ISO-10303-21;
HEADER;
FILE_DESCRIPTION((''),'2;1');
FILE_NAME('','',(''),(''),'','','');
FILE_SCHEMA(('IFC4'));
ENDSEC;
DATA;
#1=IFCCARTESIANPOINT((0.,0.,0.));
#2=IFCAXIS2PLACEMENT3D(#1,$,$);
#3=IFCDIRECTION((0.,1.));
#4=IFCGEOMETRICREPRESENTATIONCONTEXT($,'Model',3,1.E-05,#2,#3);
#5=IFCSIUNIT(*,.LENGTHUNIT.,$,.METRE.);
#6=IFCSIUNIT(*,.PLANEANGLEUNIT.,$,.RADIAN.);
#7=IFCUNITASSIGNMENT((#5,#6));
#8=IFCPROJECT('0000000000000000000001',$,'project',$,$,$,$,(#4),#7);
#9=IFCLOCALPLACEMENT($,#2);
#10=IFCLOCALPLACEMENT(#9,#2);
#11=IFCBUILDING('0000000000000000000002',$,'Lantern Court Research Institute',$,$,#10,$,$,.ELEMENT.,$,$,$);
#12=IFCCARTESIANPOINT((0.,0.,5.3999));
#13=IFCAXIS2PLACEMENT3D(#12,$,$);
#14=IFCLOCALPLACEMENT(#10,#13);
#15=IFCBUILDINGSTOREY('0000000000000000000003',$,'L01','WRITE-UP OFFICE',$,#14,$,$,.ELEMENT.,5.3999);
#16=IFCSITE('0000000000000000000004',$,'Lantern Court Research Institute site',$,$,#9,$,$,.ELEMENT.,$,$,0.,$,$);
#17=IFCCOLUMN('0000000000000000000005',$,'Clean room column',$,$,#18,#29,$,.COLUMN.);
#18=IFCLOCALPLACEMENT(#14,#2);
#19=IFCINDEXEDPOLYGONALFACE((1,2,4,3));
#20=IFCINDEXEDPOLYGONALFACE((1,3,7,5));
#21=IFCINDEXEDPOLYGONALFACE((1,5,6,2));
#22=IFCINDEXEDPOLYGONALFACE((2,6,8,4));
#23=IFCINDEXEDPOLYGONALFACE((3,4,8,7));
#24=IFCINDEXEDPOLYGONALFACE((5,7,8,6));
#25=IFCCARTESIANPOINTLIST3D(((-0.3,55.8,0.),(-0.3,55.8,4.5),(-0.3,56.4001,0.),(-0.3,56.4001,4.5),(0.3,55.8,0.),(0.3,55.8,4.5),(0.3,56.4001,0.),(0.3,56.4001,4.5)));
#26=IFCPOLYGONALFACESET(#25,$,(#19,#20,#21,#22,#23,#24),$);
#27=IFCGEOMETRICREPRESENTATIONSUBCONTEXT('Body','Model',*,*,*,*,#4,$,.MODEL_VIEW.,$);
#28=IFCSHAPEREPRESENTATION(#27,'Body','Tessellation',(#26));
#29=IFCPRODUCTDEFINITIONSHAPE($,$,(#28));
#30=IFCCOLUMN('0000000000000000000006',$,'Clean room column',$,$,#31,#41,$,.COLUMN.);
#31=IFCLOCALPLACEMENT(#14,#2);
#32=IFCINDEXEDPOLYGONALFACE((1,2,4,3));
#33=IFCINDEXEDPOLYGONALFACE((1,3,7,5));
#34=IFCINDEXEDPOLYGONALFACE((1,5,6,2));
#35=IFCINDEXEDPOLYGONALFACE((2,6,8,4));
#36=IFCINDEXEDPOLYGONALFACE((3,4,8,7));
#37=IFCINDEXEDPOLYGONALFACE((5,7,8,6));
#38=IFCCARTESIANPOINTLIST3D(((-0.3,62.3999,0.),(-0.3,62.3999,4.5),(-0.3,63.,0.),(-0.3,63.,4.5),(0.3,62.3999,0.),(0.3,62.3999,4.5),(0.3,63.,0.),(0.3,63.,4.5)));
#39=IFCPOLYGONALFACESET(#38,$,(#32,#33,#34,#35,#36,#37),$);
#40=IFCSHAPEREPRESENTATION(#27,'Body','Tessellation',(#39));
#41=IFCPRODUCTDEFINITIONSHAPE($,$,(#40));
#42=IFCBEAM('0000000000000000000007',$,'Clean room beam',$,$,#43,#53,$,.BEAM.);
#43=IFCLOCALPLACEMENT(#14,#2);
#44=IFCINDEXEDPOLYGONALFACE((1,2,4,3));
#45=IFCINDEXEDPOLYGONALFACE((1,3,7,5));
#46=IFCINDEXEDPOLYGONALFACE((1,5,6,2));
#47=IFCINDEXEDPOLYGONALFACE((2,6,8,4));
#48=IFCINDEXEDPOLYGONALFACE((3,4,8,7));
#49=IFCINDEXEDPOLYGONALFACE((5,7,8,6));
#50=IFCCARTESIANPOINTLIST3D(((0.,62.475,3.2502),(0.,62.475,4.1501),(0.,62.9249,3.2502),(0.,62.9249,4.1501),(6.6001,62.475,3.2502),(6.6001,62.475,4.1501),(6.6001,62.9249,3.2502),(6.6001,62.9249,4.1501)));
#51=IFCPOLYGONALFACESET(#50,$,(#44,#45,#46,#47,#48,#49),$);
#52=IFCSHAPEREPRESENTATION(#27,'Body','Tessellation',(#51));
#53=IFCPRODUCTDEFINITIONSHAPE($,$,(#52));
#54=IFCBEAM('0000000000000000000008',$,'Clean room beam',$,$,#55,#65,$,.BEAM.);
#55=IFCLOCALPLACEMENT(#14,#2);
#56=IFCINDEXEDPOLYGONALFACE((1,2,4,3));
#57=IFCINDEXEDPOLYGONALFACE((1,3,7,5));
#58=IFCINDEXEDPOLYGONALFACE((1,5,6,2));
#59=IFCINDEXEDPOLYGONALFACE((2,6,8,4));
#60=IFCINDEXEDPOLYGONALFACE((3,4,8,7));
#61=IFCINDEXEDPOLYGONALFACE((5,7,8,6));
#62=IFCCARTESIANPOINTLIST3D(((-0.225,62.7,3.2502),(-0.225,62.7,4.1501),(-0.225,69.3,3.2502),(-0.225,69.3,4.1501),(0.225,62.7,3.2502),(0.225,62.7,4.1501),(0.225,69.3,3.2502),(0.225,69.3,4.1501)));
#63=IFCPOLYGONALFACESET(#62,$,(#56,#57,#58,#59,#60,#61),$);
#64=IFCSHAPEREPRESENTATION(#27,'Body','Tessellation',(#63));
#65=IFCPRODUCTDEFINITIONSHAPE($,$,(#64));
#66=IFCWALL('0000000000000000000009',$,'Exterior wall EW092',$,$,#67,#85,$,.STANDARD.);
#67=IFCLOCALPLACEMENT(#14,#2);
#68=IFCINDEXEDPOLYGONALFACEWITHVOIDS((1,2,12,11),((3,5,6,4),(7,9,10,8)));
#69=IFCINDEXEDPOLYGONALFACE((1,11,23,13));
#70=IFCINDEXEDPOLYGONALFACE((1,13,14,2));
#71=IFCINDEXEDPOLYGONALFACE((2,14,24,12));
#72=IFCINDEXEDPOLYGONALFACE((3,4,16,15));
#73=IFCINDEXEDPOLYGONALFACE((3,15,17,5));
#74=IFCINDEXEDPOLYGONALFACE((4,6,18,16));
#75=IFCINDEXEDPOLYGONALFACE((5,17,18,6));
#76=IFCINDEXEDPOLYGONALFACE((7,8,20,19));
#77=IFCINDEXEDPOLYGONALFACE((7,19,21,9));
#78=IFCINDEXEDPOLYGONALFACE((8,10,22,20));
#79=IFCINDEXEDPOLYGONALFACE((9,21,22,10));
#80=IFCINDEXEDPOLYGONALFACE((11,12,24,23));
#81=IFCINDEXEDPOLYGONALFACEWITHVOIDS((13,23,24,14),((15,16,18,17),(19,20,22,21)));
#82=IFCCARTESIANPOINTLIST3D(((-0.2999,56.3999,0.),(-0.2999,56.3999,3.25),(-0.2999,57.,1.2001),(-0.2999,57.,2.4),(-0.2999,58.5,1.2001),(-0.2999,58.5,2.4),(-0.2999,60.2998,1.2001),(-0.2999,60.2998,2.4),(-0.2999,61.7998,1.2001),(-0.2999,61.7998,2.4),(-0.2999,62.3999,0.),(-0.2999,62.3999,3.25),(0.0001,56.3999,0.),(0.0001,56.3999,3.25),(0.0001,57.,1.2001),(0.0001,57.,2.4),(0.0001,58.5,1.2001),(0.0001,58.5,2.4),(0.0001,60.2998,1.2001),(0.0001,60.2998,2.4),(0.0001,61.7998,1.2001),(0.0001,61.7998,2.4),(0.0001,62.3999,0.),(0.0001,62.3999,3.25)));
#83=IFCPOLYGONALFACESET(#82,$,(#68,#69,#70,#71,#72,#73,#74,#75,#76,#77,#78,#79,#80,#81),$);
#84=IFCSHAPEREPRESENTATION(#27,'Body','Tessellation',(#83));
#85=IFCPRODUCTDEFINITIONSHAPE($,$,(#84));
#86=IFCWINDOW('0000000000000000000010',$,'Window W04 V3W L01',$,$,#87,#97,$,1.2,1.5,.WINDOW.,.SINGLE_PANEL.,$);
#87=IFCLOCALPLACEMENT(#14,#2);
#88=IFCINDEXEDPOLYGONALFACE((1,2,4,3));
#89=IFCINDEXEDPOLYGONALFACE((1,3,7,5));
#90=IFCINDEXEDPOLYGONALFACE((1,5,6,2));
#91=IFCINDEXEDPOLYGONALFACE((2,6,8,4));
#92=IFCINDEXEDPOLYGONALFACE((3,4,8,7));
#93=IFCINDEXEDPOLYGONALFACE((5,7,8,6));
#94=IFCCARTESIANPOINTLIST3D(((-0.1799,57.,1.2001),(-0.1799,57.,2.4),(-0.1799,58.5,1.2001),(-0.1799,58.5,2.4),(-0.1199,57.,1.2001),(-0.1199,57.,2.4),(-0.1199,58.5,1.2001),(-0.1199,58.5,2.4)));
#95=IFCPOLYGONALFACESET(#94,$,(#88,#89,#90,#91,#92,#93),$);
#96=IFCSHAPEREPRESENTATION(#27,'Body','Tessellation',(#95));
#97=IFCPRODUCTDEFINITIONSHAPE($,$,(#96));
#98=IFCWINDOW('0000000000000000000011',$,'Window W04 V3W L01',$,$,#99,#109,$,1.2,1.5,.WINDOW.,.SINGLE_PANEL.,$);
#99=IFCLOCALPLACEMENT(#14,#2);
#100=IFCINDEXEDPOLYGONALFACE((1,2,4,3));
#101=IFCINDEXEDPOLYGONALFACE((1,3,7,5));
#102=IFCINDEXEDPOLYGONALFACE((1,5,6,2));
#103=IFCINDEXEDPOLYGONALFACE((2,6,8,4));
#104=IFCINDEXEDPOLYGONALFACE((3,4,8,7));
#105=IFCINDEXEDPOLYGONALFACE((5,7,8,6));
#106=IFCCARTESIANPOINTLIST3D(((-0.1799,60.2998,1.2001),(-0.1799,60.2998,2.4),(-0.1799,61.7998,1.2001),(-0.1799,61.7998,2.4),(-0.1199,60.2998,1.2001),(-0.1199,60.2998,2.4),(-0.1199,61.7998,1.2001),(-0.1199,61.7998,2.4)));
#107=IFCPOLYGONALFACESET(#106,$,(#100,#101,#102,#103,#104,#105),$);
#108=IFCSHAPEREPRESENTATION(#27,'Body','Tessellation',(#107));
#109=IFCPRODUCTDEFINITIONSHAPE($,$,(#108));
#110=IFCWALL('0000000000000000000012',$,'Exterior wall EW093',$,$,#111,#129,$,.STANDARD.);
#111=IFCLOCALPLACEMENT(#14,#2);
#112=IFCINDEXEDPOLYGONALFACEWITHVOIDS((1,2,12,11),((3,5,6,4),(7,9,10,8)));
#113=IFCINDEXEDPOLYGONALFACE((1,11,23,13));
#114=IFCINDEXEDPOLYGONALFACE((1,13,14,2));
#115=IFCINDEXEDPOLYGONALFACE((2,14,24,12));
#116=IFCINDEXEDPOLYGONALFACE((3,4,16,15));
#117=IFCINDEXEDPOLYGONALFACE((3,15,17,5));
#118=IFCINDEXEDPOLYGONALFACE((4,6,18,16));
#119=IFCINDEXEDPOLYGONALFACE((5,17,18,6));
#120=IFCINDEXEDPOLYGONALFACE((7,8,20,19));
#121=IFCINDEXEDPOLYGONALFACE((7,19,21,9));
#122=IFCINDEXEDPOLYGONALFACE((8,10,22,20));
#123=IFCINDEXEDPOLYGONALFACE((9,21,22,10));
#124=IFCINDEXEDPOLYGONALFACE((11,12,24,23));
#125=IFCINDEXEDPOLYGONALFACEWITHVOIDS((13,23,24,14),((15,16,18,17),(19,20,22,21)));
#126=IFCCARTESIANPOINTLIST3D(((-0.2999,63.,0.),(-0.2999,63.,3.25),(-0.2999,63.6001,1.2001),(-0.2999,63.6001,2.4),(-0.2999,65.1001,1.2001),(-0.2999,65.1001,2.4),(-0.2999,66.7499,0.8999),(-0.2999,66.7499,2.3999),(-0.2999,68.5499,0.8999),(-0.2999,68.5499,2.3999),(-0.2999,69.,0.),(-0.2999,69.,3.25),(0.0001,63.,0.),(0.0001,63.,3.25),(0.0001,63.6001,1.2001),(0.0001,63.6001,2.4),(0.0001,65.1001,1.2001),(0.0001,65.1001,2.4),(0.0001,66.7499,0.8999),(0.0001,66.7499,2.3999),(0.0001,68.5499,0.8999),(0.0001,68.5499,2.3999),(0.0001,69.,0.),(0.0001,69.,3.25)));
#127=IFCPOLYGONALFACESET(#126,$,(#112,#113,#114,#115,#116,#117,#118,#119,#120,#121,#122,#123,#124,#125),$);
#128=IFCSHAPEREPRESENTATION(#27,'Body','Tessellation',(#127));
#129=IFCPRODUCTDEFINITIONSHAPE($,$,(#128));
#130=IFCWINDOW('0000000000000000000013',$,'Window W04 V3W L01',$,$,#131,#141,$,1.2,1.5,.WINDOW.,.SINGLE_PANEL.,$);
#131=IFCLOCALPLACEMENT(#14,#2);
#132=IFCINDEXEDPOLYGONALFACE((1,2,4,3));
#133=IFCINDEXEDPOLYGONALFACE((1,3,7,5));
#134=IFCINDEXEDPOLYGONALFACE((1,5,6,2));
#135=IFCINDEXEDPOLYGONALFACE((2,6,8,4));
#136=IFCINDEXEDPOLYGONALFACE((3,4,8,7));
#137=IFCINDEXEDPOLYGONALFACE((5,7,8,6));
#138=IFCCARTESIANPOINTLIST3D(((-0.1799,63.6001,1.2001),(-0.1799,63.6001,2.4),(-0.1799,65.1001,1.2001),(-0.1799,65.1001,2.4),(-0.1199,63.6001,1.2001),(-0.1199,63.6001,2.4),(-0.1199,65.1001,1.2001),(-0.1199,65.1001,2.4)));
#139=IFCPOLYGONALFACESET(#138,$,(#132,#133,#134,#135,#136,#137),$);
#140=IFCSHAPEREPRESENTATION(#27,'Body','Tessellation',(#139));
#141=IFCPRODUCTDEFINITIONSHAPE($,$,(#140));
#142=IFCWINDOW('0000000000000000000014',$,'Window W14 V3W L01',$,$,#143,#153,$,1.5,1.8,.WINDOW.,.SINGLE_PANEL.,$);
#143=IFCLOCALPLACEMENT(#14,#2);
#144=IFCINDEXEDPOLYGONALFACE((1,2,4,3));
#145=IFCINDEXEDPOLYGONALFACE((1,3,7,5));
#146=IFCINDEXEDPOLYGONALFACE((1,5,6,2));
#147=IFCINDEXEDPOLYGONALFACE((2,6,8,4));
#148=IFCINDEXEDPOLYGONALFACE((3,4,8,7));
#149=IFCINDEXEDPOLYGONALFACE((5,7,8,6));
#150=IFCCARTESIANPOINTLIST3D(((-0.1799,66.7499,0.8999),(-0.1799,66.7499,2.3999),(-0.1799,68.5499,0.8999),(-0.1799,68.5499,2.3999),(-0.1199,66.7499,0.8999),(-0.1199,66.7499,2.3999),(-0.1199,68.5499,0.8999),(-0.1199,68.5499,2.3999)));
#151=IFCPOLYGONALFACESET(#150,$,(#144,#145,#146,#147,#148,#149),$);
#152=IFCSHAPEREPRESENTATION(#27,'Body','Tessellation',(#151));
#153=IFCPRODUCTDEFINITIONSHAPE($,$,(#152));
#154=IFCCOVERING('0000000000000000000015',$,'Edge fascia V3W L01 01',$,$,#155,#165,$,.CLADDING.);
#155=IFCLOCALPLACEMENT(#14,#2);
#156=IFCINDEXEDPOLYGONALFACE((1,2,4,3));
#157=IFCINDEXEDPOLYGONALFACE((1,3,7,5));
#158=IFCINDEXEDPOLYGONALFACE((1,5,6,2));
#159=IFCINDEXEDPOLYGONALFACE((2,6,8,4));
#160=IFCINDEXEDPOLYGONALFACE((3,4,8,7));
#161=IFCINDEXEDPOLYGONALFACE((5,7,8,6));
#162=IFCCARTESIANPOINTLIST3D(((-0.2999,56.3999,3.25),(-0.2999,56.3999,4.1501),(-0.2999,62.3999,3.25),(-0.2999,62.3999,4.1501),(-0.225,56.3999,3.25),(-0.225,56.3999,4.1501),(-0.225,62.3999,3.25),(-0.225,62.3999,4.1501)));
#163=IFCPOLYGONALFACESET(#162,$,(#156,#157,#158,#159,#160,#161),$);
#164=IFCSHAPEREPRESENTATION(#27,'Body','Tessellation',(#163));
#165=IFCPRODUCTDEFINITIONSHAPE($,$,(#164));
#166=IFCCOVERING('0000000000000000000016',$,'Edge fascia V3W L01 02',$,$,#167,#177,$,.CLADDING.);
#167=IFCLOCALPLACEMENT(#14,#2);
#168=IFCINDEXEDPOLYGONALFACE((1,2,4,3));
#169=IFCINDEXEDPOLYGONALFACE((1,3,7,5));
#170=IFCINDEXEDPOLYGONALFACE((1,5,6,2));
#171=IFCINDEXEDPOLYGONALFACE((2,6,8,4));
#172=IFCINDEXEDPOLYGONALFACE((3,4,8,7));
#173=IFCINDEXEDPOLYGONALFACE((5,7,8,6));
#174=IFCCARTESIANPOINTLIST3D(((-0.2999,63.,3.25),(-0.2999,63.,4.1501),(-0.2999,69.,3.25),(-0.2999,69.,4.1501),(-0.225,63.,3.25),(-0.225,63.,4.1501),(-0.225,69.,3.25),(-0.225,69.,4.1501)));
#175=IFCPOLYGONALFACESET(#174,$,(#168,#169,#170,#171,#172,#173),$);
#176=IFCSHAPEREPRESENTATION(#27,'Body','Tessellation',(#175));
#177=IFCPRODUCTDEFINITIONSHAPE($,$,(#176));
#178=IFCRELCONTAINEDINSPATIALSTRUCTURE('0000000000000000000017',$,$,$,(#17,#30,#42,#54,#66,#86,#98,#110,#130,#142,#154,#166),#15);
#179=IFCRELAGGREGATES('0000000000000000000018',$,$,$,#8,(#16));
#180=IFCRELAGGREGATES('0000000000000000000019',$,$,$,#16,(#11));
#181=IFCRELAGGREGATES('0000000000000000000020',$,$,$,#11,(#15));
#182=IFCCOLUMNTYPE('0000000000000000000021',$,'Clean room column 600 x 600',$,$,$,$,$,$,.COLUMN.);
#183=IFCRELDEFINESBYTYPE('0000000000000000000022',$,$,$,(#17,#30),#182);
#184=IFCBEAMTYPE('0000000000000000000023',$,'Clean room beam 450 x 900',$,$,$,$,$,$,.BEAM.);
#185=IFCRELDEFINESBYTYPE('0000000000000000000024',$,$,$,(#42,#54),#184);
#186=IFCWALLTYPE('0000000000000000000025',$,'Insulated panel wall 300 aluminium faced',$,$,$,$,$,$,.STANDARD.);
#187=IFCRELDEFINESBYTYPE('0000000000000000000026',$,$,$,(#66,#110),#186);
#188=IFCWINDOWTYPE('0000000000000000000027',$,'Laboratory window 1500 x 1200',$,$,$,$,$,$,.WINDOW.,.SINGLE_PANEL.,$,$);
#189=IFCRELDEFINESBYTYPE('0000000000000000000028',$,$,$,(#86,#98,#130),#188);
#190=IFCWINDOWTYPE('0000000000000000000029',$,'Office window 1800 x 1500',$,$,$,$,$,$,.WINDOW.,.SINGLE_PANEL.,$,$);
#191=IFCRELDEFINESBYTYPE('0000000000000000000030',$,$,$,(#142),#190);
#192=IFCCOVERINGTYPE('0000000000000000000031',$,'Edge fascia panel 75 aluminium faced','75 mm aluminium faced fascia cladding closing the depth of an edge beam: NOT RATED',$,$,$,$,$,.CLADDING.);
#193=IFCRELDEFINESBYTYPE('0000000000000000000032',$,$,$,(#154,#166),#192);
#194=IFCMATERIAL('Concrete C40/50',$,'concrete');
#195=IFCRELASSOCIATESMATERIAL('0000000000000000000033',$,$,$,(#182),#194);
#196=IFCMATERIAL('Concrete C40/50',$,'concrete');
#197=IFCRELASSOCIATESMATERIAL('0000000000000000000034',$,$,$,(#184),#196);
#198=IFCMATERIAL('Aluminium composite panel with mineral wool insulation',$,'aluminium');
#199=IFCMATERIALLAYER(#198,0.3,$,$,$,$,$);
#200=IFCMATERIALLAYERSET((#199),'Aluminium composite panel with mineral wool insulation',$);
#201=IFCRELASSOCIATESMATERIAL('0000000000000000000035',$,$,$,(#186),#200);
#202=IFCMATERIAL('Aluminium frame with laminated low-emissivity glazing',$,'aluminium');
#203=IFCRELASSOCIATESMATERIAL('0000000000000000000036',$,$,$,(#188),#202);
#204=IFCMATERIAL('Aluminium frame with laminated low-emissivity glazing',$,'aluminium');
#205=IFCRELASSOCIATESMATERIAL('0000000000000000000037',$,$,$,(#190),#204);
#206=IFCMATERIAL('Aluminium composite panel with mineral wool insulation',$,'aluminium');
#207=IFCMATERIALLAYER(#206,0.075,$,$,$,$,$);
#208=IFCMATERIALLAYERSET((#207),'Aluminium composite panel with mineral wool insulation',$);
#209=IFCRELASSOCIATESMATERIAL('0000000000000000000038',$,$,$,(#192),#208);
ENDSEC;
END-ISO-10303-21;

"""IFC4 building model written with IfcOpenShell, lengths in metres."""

from ifc_helpers import new_model, si_unit, direction, frame, frame_2d, origin, origin_2d, place, context, subcontext, project, spatial, rectangle, extrude, material, layer, layer_set, material_profile, profile_set, type_object, element, fill, save


model = new_model("IFC4")

# Units and contexts
model_context = context("Model", 3, precision=1e-05, world=origin(), true_north=direction((0.0, 1.0)))
body_context = subcontext(model_context, "Body", "Model", "MODEL_VIEW")
ifc_project = project(units=[si_unit("LENGTHUNIT", "METRE"), si_unit("PLANEANGLEUNIT", "RADIAN")], contexts=[model_context])

# Site, building, storey
site_placement = place(None, origin())
site = spatial("IfcSite", under=ifc_project, at=site_placement, Name="Lantern Court Research Institute site", CompositionType="ELEMENT", RefElevation=0.0)
building_placement = place(site_placement, origin())
building = spatial("IfcBuilding", under=site, at=building_placement, Name="Lantern Court Research Institute", CompositionType="ELEMENT")
storey_placement = place(building_placement, frame((0.0, 0.0, 5.3999)))
storey = spatial("IfcBuildingStorey", under=building, at=storey_placement, Name="L01", Description="WRITE-UP OFFICE", CompositionType="ELEMENT", Elevation=5.3999)

# Columns
ifc_material_1 = material(Name="Concrete C40/50", Category="concrete")
ifc_material_profile_1 = material_profile(ifc_material_1, rectangle(XDim=0.6001, YDim=0.6001, at=origin_2d()), Name="Clean room column 600 x 600")
ifc_profile_set_1 = profile_set([ifc_material_profile_1], Name="Concrete C40/50")
column_type = type_object("IfcColumnType", Name="Clean room column 600 x 600", PredefinedType="COLUMN", material=ifc_profile_set_1)
for number, where, z_axis, x_axis, name in (
    (1, (0.0, 56.1001, 0.0), (0.0, 0.0, 1.0), (1.0, 0.0, 0.0), "Clean room column"),
    (2, (0.0, 62.7, 0.0), (0.0, 0.0, 1.0), (1.0, 0.0, 0.0), "Clean room column"),
):
    element("IfcColumn", number, at=place(storey_placement, frame(where, z_axis=z_axis, x_axis=x_axis)), inside=storey, type_object=column_type, Name=name, PredefinedType="COLUMN", context=body_context, shape_type="SweptSolid", body=[
        extrude(rectangle(XDim=0.6001, YDim=0.6001, at=origin_2d()), origin(), (0.0, 0.0, 1.0), 4.5),
    ])

# Beams
ifc_material_2 = material(Name="Concrete C40/50", Category="concrete")
ifc_material_profile_2 = material_profile(ifc_material_2, rectangle(XDim=0.45, YDim=0.8999, at=origin_2d()), Name="Clean room beam 450 x 900")
ifc_profile_set_2 = profile_set([ifc_material_profile_2], Name="Concrete C40/50")
beam_type = type_object("IfcBeamType", Name="Clean room beam 450 x 900", PredefinedType="BEAM", material=ifc_profile_set_2)
for number, where, z_axis, x_axis, name in (
    (3, (0.0, 62.7, 3.7002), (1.0, 0.0, 0.0), (0.0, 1.0, 0.0), "Clean room beam"),
    (4, (0.0, 62.7, 3.7002), (0.0, 1.0, 0.0), (-1.0, 0.0, 0.0), "Clean room beam"),
):
    element("IfcBeam", number, at=place(storey_placement, frame(where, z_axis=z_axis, x_axis=x_axis)), inside=storey, type_object=beam_type, Name=name, PredefinedType="BEAM", context=body_context, shape_type="SweptSolid", body=[
        extrude(rectangle(XDim=0.45, YDim=0.8999, at=origin_2d()), origin(), (0.0, 0.0, 1.0), 6.6001),
    ])

# Walls, openings, windows
ifc_material_3 = material(Name="Aluminium composite panel with mineral wool insulation", Category="aluminium")
ifc_layer_1 = layer(ifc_material_3, 0.3)
ifc_layer_set_1 = layer_set([ifc_layer_1], Name="Aluminium composite panel with mineral wool insulation")
wall_type = type_object("IfcWallType", Name="Insulated panel wall 300 aluminium faced", PredefinedType="STANDARD", material=ifc_layer_set_1)
wall_1_placement = place(storey_placement, frame((-0.1499, 56.3999, 0.0), z_axis=(0.0, 0.0, 1.0), x_axis=(0.0, 1.0, 0.0)))
wall_1 = element("IfcWall", 5, at=wall_1_placement, inside=storey, type_object=wall_type, Name="Exterior wall EW092", PredefinedType="STANDARD", context=body_context, shape_type="SweptSolid", body=[
    extrude(rectangle(XDim=6.0, YDim=0.3, at=frame_2d((3.0, 0.0))), origin(), (0.0, 0.0, 1.0), 3.25),
])
opening_1_placement = place(wall_1_placement, frame((0.6001, 0.0, 1.2)))
opening_1 = element("IfcOpeningElement", 6, at=opening_1_placement, cuts=wall_1, PredefinedType="OPENING", context=body_context, shape_type="SweptSolid", body=[
    extrude(rectangle(XDim=1.5, YDim=1.2, at=frame_2d((0.75, 0.6001))), frame((0.0, 0.1599, 0.0), z_axis=(0.0, -1.0, 0.0), x_axis=(1.0, 0.0, 0.0)), (0.0, 0.0, 1.0), 0.3201),
])
opening_2_placement = place(wall_1_placement, frame((3.8999, 0.0, 1.2)))
opening_2 = element("IfcOpeningElement", 7, at=opening_2_placement, cuts=wall_1, PredefinedType="OPENING", context=body_context, shape_type="SweptSolid", body=[
    extrude(rectangle(XDim=1.5, YDim=1.2, at=frame_2d((0.75, 0.6001))), frame((0.0, 0.1599, 0.0), z_axis=(0.0, -1.0, 0.0), x_axis=(1.0, 0.0, 0.0)), (0.0, 0.0, 1.0), 0.3201),
])
ifc_material_4 = material(Name="Aluminium frame with laminated low-emissivity glazing", Category="aluminium")
window_type_1 = type_object("IfcWindowType", Name="Laboratory window 1500 x 1200", PartitioningType="SINGLE_PANEL", PredefinedType="WINDOW", material=ifc_material_4)
window_1_placement = place(opening_1_placement, origin())
window_1 = element("IfcWindow", 8, at=window_1_placement, inside=storey, type_object=window_type_1, Name="Window W04 V3W L01", OverallHeight=1.2, OverallWidth=1.5, PartitioningType="SINGLE_PANEL", PredefinedType="WINDOW", context=body_context, shape_type="SweptSolid", body=[
    extrude(rectangle(XDim=1.5, YDim=1.2, at=frame_2d((0.75, 0.6001))), frame((0.0, 0.03, 0.0), z_axis=(0.0, -1.0, 0.0), x_axis=(1.0, 0.0, 0.0)), (0.0, 0.0, 1.0), 0.0601),
])
fill(opening_1, window_1)
window_2_placement = place(opening_2_placement, origin())
window_2 = element("IfcWindow", 9, at=window_2_placement, inside=storey, type_object=window_type_1, Name="Window W04 V3W L01", OverallHeight=1.2, OverallWidth=1.5, PartitioningType="SINGLE_PANEL", PredefinedType="WINDOW", context=body_context, shape_type="SweptSolid", body=[
    extrude(rectangle(XDim=1.5, YDim=1.2, at=frame_2d((0.75, 0.6001))), frame((0.0, 0.03, 0.0), z_axis=(0.0, -1.0, 0.0), x_axis=(1.0, 0.0, 0.0)), (0.0, 0.0, 1.0), 0.0601),
])
fill(opening_2, window_2)
wall_2_placement = place(storey_placement, frame((-0.1499, 63.0, 0.0), z_axis=(0.0, 0.0, 1.0), x_axis=(0.0, 1.0, 0.0)))
wall_2 = element("IfcWall", 10, at=wall_2_placement, inside=storey, type_object=wall_type, Name="Exterior wall EW093", PredefinedType="STANDARD", context=body_context, shape_type="SweptSolid", body=[
    extrude(rectangle(XDim=6.0, YDim=0.3, at=frame_2d((3.0, 0.0))), origin(), (0.0, 0.0, 1.0), 3.25),
])
opening_3_placement = place(wall_2_placement, frame((0.6001, 0.0, 1.2)))
opening_3 = element("IfcOpeningElement", 11, at=opening_3_placement, cuts=wall_2, PredefinedType="OPENING", context=body_context, shape_type="SweptSolid", body=[
    extrude(rectangle(XDim=1.5, YDim=1.2, at=frame_2d((0.75, 0.6001))), frame((0.0, 0.1599, 0.0), z_axis=(0.0, -1.0, 0.0), x_axis=(1.0, 0.0, 0.0)), (0.0, 0.0, 1.0), 0.3201),
])
opening_4_placement = place(wall_2_placement, frame((3.75, 0.0, 0.8999)))
opening_4 = element("IfcOpeningElement", 12, at=opening_4_placement, cuts=wall_2, PredefinedType="OPENING", context=body_context, shape_type="SweptSolid", body=[
    extrude(rectangle(XDim=1.8, YDim=1.5, at=frame_2d((0.8999, 0.75))), frame((0.0, 0.1599, 0.0), z_axis=(0.0, -1.0, 0.0), x_axis=(1.0, 0.0, 0.0)), (0.0, 0.0, 1.0), 0.3201),
])
window_3_placement = place(opening_3_placement, origin())
window_3 = element("IfcWindow", 13, at=window_3_placement, inside=storey, type_object=window_type_1, Name="Window W04 V3W L01", OverallHeight=1.2, OverallWidth=1.5, PartitioningType="SINGLE_PANEL", PredefinedType="WINDOW", context=body_context, shape_type="SweptSolid", body=[
    extrude(rectangle(XDim=1.5, YDim=1.2, at=frame_2d((0.75, 0.6001))), frame((0.0, 0.03, 0.0), z_axis=(0.0, -1.0, 0.0), x_axis=(1.0, 0.0, 0.0)), (0.0, 0.0, 1.0), 0.0601),
])
fill(opening_3, window_3)
ifc_material_5 = material(Name="Aluminium frame with laminated low-emissivity glazing", Category="aluminium")
window_type_2 = type_object("IfcWindowType", Name="Office window 1800 x 1500", PartitioningType="SINGLE_PANEL", PredefinedType="WINDOW", material=ifc_material_5)
window_4_placement = place(opening_4_placement, origin())
window_4 = element("IfcWindow", 14, at=window_4_placement, inside=storey, type_object=window_type_2, Name="Window W14 V3W L01", OverallHeight=1.5, OverallWidth=1.8, PartitioningType="SINGLE_PANEL", PredefinedType="WINDOW", context=body_context, shape_type="SweptSolid", body=[
    extrude(rectangle(XDim=1.8, YDim=1.5, at=frame_2d((0.8999, 0.75))), frame((0.0, 0.03, 0.0), z_axis=(0.0, -1.0, 0.0), x_axis=(1.0, 0.0, 0.0)), (0.0, 0.0, 1.0), 0.0601),
])
fill(opening_4, window_4)

# Coverings
ifc_material_6 = material(Name="Aluminium composite panel with mineral wool insulation", Category="aluminium")
ifc_layer_2 = layer(ifc_material_6, 0.075)
ifc_layer_set_2 = layer_set([ifc_layer_2], Name="Aluminium composite panel with mineral wool insulation")
covering_type_1 = type_object("IfcCoveringType", Name="Edge fascia panel 75 aluminium faced", Description="75 mm aluminium faced fascia cladding closing the depth of an edge beam: NOT RATED", PredefinedType="CLADDING", material=ifc_layer_set_2)
for number, where, z_axis, x_axis, name in (
    (15, (-0.2625, 56.3999, 3.25), (0.0, 0.0, 1.0), (0.0, 1.0, 0.0), "Edge fascia V3W L01 01"),
    (16, (-0.2625, 63.0, 3.25), (0.0, 0.0, 1.0), (0.0, 1.0, 0.0), "Edge fascia V3W L01 02"),
):
    element("IfcCovering", number, at=place(storey_placement, frame(where, z_axis=z_axis, x_axis=x_axis)), inside=storey, type_object=covering_type_1, Name=name, PredefinedType="CLADDING", context=body_context, shape_type="SweptSolid", body=[
        extrude(rectangle(XDim=6.0, YDim=0.075, at=frame_2d((3.0, 0.0))), origin(), (0.0, 0.0, 1.0), 0.9001),
    ])

save(model, "model.ifc")
